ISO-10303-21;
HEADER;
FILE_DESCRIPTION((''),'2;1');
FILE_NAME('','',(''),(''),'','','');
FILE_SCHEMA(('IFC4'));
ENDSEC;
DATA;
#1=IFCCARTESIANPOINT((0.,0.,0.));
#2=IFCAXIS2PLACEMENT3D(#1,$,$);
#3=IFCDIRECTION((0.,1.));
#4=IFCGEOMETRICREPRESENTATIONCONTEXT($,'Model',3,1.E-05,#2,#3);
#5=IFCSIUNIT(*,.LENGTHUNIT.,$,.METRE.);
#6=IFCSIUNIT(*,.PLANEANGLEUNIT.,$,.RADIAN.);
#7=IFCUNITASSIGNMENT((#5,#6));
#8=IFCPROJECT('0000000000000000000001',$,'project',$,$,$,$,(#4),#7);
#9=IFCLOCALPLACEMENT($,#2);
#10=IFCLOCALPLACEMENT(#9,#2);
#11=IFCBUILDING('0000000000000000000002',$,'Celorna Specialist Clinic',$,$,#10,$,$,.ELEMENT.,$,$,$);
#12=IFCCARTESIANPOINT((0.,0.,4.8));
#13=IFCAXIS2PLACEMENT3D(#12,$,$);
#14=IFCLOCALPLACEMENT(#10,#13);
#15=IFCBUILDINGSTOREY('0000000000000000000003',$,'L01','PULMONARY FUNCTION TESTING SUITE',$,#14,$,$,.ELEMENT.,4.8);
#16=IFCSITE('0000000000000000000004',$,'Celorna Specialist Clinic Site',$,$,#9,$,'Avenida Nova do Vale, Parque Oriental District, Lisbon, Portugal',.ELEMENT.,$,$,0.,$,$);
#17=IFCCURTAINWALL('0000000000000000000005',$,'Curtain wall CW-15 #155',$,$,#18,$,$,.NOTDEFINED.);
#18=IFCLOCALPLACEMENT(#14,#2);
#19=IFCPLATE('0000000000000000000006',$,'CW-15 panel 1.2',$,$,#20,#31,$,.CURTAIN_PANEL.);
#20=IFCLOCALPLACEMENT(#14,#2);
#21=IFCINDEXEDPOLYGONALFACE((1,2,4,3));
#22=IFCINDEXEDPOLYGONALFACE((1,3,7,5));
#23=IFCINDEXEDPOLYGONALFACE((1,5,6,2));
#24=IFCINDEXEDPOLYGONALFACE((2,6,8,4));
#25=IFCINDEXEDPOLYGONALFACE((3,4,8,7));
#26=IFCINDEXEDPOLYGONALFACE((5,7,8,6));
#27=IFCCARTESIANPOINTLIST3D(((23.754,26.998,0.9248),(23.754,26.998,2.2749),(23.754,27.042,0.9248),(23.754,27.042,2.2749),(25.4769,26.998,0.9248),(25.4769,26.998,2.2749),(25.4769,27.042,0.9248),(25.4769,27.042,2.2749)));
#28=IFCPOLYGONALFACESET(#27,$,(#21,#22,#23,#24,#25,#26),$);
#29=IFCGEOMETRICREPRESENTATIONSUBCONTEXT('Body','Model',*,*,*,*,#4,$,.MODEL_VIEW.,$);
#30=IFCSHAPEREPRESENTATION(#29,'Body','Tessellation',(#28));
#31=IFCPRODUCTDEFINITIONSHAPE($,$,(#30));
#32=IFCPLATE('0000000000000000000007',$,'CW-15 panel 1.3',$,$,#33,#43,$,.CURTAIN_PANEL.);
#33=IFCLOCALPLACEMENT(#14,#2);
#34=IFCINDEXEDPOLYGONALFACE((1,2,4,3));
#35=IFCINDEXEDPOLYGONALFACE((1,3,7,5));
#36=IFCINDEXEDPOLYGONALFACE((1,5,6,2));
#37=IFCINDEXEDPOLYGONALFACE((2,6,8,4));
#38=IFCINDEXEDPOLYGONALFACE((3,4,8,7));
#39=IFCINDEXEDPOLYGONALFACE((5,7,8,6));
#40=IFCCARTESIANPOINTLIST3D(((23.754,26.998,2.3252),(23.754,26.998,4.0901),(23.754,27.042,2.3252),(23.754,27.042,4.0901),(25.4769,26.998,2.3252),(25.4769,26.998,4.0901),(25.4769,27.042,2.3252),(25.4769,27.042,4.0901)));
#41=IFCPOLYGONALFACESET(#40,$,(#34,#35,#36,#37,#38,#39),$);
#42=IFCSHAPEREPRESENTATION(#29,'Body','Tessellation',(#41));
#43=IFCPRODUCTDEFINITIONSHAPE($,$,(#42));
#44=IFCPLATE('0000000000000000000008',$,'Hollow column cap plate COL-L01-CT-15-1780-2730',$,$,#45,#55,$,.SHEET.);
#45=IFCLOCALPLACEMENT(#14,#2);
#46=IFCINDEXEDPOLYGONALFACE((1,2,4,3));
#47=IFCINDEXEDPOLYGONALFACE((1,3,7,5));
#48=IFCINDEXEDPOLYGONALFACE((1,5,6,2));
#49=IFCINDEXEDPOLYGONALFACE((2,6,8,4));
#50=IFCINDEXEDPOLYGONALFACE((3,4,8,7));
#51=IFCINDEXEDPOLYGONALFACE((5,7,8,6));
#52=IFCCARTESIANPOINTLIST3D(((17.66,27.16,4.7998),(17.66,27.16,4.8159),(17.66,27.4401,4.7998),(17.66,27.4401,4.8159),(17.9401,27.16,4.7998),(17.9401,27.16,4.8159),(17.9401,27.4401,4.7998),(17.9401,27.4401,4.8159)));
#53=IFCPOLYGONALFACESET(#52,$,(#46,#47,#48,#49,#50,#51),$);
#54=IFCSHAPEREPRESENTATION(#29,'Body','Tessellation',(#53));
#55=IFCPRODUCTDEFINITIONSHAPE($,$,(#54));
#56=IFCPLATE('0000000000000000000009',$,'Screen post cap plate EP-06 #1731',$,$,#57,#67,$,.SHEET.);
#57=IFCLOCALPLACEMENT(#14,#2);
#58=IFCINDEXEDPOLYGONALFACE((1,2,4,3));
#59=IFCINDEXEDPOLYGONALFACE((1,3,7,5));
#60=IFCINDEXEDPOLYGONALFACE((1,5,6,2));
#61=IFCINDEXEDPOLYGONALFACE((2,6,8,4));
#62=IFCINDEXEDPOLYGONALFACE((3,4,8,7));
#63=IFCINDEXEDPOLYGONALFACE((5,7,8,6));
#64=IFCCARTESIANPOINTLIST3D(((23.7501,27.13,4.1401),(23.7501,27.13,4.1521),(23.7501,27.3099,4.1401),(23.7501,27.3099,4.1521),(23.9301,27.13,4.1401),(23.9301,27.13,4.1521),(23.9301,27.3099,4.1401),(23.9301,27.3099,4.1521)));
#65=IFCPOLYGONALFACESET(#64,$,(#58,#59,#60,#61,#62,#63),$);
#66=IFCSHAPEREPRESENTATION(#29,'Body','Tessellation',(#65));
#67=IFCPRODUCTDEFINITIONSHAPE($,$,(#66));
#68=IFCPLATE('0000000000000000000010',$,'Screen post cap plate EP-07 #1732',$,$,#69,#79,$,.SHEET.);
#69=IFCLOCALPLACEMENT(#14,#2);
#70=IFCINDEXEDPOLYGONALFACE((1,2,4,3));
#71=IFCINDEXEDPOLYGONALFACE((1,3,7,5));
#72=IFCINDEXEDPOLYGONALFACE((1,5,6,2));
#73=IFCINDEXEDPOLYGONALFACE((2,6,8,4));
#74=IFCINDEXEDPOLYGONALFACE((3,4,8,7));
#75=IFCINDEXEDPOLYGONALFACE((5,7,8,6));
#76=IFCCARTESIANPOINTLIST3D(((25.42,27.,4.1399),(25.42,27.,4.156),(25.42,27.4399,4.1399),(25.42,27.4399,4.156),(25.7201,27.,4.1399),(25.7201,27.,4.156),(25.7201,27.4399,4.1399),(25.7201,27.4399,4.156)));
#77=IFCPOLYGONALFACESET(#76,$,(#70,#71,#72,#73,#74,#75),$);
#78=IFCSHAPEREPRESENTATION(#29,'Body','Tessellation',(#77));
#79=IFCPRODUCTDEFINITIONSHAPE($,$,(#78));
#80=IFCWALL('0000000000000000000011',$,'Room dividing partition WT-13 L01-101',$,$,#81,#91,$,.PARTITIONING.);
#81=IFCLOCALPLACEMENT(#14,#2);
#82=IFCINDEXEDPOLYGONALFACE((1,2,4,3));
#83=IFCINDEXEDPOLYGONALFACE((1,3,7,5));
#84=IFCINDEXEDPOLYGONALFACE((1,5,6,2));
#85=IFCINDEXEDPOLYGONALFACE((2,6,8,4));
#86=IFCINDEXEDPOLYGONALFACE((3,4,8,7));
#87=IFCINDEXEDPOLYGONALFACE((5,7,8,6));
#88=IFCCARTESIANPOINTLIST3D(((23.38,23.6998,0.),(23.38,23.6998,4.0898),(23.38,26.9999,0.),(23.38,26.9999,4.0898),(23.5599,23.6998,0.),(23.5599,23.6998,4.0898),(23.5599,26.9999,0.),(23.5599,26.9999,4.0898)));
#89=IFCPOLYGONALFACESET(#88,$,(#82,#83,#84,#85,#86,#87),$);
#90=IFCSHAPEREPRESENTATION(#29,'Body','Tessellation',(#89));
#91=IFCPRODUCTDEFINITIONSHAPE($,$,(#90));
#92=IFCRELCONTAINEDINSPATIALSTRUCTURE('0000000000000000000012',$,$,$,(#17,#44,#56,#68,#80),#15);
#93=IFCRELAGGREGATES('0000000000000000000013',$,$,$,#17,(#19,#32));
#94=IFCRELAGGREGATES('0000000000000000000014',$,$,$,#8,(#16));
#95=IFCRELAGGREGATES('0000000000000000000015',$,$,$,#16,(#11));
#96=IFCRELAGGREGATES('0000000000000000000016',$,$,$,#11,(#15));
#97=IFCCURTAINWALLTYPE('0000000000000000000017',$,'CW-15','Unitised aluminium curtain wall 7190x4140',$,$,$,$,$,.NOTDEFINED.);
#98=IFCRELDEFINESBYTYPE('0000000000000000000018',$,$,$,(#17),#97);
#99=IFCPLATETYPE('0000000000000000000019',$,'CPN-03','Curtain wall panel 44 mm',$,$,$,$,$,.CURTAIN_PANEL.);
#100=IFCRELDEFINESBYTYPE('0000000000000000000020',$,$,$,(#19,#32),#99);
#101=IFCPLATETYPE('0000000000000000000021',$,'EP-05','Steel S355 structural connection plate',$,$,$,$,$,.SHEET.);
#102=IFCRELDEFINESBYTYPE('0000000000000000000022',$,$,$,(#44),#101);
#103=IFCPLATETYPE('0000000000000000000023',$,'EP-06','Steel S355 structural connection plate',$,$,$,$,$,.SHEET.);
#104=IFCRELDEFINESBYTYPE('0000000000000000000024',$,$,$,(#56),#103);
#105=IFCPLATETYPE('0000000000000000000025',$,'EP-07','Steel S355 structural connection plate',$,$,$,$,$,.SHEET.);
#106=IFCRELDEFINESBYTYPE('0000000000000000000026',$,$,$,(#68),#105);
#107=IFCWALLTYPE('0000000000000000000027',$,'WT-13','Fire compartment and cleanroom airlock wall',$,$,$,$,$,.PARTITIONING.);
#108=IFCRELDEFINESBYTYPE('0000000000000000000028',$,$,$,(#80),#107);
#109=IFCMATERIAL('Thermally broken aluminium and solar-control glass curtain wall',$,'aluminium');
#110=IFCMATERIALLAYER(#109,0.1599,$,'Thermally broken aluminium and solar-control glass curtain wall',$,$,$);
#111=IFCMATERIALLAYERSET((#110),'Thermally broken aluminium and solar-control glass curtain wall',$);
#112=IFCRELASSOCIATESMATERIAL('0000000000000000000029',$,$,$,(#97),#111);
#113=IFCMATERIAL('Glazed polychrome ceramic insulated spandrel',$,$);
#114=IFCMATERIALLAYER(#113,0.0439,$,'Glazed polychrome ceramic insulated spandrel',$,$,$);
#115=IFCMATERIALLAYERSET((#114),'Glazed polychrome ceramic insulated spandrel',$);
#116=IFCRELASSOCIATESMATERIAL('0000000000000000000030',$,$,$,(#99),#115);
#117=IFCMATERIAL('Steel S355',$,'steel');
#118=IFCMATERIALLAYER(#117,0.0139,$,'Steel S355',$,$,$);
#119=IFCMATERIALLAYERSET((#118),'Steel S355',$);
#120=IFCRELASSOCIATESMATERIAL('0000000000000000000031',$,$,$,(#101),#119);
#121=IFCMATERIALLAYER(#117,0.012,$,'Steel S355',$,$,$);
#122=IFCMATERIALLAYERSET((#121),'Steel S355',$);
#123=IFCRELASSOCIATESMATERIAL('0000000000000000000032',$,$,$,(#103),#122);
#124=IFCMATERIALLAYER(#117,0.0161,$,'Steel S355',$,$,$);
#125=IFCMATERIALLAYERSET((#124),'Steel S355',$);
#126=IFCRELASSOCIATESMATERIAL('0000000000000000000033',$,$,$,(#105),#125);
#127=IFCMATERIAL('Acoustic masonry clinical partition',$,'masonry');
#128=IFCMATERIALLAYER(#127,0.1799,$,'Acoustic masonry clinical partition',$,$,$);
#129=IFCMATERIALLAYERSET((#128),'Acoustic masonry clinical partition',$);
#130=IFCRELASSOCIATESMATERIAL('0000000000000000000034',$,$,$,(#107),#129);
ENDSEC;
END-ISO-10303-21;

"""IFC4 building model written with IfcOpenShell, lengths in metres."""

from ifc_helpers import new_model, si_unit, direction, frame, frame_2d, origin, origin_2d, place, context, subcontext, project, spatial, rectangle, extrude, material, layer, layer_set, type_object, element, aggregate, save


model = new_model("IFC4")

# Units and contexts
model_context = context("Model", 3, precision=1e-05, world=origin(), true_north=direction((0.0, 1.0)))
body_context = subcontext(model_context, "Body", "Model", "MODEL_VIEW")
ifc_project = project(units=[si_unit("LENGTHUNIT", "METRE"), si_unit("PLANEANGLEUNIT", "RADIAN")], contexts=[model_context])

# Site, building, storey
site_placement = place(None, origin())
site = spatial("IfcSite", under=ifc_project, at=site_placement, Name="Celorna Specialist Clinic Site", LongName="Avenida Nova do Vale, Parque Oriental District, Lisbon, Portugal", CompositionType="ELEMENT", RefElevation=0.0)
building_placement = place(site_placement, origin())
building = spatial("IfcBuilding", under=site, at=building_placement, Name="Celorna Specialist Clinic", CompositionType="ELEMENT")
storey_placement = place(building_placement, frame((0.0, 0.0, 4.8)))
storey = spatial("IfcBuildingStorey", under=building, at=storey_placement, Name="L01", Description="PULMONARY FUNCTION TESTING SUITE", CompositionType="ELEMENT", Elevation=4.8)

# Shared definitions
ifc_material_1 = material(Name="Steel S355", Category="steel")

# Curtain wall, plates
ifc_material_2 = material(Name="Thermally broken aluminium and solar-control glass curtain wall", Category="aluminium")
ifc_layer_1 = layer(ifc_material_2, 0.1599, Name="Thermally broken aluminium and solar-control glass curtain wall")
ifc_layer_set_1 = layer_set([ifc_layer_1], Name="Thermally broken aluminium and solar-control glass curtain wall")
curtain_wall_type = type_object("IfcCurtainWallType", Name="CW-15", Description="Unitised aluminium curtain wall 7190x4140", PredefinedType="NOTDEFINED", material=ifc_layer_set_1)
curtain_wall_placement = place(storey_placement, origin())
curtain_wall = element("IfcCurtainWall", 1, at=curtain_wall_placement, inside=storey, type_object=curtain_wall_type, Name="Curtain wall CW-15 #155", PredefinedType="NOTDEFINED")
ifc_material_3 = material(Name="Glazed polychrome ceramic insulated spandrel")
ifc_layer_2 = layer(ifc_material_3, 0.0439, Name="Glazed polychrome ceramic insulated spandrel")
ifc_layer_set_2 = layer_set([ifc_layer_2], Name="Glazed polychrome ceramic insulated spandrel")
plate_type_1 = type_object("IfcPlateType", Name="CPN-03", Description="Curtain wall panel 44 mm", PredefinedType="CURTAIN_PANEL", material=ifc_layer_set_2)
plate_1_placement = place(storey_placement, frame((24.6155, 27.02, 0.9248), z_axis=(0.0, 0.0, 1.0), x_axis=(1.0, 0.0, 0.0)))
plate_1 = element("IfcPlate", 2, at=plate_1_placement, type_object=plate_type_1, Name="CW-15 panel 1.2", PredefinedType="CURTAIN_PANEL", context=body_context, shape_type="SweptSolid", body=[
    extrude(rectangle(XDim=1.7229, YDim=0.0439, at=origin_2d()), origin(), (0.0, 0.0, 1.0), 1.3501),
])
plate_2_placement = place(storey_placement, frame((24.6155, 27.02, 2.3252), z_axis=(0.0, 0.0, 1.0), x_axis=(1.0, 0.0, 0.0)))
plate_2 = element("IfcPlate", 3, at=plate_2_placement, type_object=plate_type_1, Name="CW-15 panel 1.3", PredefinedType="CURTAIN_PANEL", context=body_context, shape_type="SweptSolid", body=[
    extrude(rectangle(XDim=1.7229, YDim=0.0439, at=origin_2d()), origin(), (0.0, 0.0, 1.0), 1.7649),
])
aggregate(curtain_wall, [plate_1, plate_2])

# Plates
ifc_layer_3 = layer(ifc_material_1, 0.0139, Name="Steel S355")
ifc_layer_set_3 = layer_set([ifc_layer_3], Name="Steel S355")
plate_type_2 = type_object("IfcPlateType", Name="EP-05", Description="Steel S355 structural connection plate", PredefinedType="SHEET", material=ifc_layer_set_3)
plate_3_placement = place(storey_placement, frame((17.8, 27.3, 4.7998), z_axis=(0.0, 0.0, 1.0), x_axis=(1.0, 0.0, 0.0)))
element("IfcPlate", 4, at=plate_3_placement, inside=storey, type_object=plate_type_2, Name="Hollow column cap plate COL-L01-CT-15-1780-2730", PredefinedType="SHEET", context=body_context, shape_type="SweptSolid", body=[
    extrude(rectangle(XDim=0.28, YDim=0.28, at=origin_2d()), origin(), (0.0, 0.0, 1.0), 0.0161),
])
ifc_layer_4 = layer(ifc_material_1, 0.012, Name="Steel S355")
ifc_layer_set_4 = layer_set([ifc_layer_4], Name="Steel S355")
plate_type_3 = type_object("IfcPlateType", Name="EP-06", Description="Steel S355 structural connection plate", PredefinedType="SHEET", material=ifc_layer_set_4)
plate_4_placement = place(storey_placement, frame((23.8401, 27.22, 4.1401), z_axis=(0.0, 0.0, 1.0), x_axis=(1.0, 0.0, 0.0)))
element("IfcPlate", 5, at=plate_4_placement, inside=storey, type_object=plate_type_3, Name="Screen post cap plate EP-06 #1731", PredefinedType="SHEET", context=body_context, shape_type="SweptSolid", body=[
    extrude(rectangle(XDim=0.1799, YDim=0.1799, at=origin_2d()), origin(), (0.0, 0.0, 1.0), 0.012),
])
ifc_layer_5 = layer(ifc_material_1, 0.0161, Name="Steel S355")
ifc_layer_set_5 = layer_set([ifc_layer_5], Name="Steel S355")
plate_type_4 = type_object("IfcPlateType", Name="EP-07", Description="Steel S355 structural connection plate", PredefinedType="SHEET", material=ifc_layer_set_5)
plate_5_placement = place(storey_placement, frame((25.5701, 27.22, 4.1399), z_axis=(0.0, 0.0, 1.0), x_axis=(1.0, 0.0, 0.0)))
element("IfcPlate", 6, at=plate_5_placement, inside=storey, type_object=plate_type_4, Name="Screen post cap plate EP-07 #1732", PredefinedType="SHEET", context=body_context, shape_type="SweptSolid", body=[
    extrude(rectangle(XDim=0.3, YDim=0.4399, at=origin_2d()), origin(), (0.0, 0.0, 1.0), 0.0161),
])

# Wall
ifc_material_4 = material(Name="Acoustic masonry clinical partition", Category="masonry")
ifc_layer_6 = layer(ifc_material_4, 0.1799, Name="Acoustic masonry clinical partition")
ifc_layer_set_6 = layer_set([ifc_layer_6], Name="Acoustic masonry clinical partition")
wall_type = type_object("IfcWallType", Name="WT-13", Description="Fire compartment and cleanroom airlock wall", PredefinedType="PARTITIONING", material=ifc_layer_set_6)
wall_placement = place(storey_placement, frame((23.47, 23.7, 0.0), z_axis=(0.0, 0.0, 1.0), x_axis=(0.0, 1.0, 0.0)))
element("IfcWall", 7, at=wall_placement, inside=storey, type_object=wall_type, Name="Room dividing partition WT-13 L01-101", PredefinedType="PARTITIONING", context=body_context, shape_type="SweptSolid", body=[
    extrude(rectangle(XDim=3.3, YDim=0.1799, at=frame_2d((1.6499, 0.0))), origin(), (0.0, 0.0, 1.0), 4.0898),
])

save(model, "model.ifc")
